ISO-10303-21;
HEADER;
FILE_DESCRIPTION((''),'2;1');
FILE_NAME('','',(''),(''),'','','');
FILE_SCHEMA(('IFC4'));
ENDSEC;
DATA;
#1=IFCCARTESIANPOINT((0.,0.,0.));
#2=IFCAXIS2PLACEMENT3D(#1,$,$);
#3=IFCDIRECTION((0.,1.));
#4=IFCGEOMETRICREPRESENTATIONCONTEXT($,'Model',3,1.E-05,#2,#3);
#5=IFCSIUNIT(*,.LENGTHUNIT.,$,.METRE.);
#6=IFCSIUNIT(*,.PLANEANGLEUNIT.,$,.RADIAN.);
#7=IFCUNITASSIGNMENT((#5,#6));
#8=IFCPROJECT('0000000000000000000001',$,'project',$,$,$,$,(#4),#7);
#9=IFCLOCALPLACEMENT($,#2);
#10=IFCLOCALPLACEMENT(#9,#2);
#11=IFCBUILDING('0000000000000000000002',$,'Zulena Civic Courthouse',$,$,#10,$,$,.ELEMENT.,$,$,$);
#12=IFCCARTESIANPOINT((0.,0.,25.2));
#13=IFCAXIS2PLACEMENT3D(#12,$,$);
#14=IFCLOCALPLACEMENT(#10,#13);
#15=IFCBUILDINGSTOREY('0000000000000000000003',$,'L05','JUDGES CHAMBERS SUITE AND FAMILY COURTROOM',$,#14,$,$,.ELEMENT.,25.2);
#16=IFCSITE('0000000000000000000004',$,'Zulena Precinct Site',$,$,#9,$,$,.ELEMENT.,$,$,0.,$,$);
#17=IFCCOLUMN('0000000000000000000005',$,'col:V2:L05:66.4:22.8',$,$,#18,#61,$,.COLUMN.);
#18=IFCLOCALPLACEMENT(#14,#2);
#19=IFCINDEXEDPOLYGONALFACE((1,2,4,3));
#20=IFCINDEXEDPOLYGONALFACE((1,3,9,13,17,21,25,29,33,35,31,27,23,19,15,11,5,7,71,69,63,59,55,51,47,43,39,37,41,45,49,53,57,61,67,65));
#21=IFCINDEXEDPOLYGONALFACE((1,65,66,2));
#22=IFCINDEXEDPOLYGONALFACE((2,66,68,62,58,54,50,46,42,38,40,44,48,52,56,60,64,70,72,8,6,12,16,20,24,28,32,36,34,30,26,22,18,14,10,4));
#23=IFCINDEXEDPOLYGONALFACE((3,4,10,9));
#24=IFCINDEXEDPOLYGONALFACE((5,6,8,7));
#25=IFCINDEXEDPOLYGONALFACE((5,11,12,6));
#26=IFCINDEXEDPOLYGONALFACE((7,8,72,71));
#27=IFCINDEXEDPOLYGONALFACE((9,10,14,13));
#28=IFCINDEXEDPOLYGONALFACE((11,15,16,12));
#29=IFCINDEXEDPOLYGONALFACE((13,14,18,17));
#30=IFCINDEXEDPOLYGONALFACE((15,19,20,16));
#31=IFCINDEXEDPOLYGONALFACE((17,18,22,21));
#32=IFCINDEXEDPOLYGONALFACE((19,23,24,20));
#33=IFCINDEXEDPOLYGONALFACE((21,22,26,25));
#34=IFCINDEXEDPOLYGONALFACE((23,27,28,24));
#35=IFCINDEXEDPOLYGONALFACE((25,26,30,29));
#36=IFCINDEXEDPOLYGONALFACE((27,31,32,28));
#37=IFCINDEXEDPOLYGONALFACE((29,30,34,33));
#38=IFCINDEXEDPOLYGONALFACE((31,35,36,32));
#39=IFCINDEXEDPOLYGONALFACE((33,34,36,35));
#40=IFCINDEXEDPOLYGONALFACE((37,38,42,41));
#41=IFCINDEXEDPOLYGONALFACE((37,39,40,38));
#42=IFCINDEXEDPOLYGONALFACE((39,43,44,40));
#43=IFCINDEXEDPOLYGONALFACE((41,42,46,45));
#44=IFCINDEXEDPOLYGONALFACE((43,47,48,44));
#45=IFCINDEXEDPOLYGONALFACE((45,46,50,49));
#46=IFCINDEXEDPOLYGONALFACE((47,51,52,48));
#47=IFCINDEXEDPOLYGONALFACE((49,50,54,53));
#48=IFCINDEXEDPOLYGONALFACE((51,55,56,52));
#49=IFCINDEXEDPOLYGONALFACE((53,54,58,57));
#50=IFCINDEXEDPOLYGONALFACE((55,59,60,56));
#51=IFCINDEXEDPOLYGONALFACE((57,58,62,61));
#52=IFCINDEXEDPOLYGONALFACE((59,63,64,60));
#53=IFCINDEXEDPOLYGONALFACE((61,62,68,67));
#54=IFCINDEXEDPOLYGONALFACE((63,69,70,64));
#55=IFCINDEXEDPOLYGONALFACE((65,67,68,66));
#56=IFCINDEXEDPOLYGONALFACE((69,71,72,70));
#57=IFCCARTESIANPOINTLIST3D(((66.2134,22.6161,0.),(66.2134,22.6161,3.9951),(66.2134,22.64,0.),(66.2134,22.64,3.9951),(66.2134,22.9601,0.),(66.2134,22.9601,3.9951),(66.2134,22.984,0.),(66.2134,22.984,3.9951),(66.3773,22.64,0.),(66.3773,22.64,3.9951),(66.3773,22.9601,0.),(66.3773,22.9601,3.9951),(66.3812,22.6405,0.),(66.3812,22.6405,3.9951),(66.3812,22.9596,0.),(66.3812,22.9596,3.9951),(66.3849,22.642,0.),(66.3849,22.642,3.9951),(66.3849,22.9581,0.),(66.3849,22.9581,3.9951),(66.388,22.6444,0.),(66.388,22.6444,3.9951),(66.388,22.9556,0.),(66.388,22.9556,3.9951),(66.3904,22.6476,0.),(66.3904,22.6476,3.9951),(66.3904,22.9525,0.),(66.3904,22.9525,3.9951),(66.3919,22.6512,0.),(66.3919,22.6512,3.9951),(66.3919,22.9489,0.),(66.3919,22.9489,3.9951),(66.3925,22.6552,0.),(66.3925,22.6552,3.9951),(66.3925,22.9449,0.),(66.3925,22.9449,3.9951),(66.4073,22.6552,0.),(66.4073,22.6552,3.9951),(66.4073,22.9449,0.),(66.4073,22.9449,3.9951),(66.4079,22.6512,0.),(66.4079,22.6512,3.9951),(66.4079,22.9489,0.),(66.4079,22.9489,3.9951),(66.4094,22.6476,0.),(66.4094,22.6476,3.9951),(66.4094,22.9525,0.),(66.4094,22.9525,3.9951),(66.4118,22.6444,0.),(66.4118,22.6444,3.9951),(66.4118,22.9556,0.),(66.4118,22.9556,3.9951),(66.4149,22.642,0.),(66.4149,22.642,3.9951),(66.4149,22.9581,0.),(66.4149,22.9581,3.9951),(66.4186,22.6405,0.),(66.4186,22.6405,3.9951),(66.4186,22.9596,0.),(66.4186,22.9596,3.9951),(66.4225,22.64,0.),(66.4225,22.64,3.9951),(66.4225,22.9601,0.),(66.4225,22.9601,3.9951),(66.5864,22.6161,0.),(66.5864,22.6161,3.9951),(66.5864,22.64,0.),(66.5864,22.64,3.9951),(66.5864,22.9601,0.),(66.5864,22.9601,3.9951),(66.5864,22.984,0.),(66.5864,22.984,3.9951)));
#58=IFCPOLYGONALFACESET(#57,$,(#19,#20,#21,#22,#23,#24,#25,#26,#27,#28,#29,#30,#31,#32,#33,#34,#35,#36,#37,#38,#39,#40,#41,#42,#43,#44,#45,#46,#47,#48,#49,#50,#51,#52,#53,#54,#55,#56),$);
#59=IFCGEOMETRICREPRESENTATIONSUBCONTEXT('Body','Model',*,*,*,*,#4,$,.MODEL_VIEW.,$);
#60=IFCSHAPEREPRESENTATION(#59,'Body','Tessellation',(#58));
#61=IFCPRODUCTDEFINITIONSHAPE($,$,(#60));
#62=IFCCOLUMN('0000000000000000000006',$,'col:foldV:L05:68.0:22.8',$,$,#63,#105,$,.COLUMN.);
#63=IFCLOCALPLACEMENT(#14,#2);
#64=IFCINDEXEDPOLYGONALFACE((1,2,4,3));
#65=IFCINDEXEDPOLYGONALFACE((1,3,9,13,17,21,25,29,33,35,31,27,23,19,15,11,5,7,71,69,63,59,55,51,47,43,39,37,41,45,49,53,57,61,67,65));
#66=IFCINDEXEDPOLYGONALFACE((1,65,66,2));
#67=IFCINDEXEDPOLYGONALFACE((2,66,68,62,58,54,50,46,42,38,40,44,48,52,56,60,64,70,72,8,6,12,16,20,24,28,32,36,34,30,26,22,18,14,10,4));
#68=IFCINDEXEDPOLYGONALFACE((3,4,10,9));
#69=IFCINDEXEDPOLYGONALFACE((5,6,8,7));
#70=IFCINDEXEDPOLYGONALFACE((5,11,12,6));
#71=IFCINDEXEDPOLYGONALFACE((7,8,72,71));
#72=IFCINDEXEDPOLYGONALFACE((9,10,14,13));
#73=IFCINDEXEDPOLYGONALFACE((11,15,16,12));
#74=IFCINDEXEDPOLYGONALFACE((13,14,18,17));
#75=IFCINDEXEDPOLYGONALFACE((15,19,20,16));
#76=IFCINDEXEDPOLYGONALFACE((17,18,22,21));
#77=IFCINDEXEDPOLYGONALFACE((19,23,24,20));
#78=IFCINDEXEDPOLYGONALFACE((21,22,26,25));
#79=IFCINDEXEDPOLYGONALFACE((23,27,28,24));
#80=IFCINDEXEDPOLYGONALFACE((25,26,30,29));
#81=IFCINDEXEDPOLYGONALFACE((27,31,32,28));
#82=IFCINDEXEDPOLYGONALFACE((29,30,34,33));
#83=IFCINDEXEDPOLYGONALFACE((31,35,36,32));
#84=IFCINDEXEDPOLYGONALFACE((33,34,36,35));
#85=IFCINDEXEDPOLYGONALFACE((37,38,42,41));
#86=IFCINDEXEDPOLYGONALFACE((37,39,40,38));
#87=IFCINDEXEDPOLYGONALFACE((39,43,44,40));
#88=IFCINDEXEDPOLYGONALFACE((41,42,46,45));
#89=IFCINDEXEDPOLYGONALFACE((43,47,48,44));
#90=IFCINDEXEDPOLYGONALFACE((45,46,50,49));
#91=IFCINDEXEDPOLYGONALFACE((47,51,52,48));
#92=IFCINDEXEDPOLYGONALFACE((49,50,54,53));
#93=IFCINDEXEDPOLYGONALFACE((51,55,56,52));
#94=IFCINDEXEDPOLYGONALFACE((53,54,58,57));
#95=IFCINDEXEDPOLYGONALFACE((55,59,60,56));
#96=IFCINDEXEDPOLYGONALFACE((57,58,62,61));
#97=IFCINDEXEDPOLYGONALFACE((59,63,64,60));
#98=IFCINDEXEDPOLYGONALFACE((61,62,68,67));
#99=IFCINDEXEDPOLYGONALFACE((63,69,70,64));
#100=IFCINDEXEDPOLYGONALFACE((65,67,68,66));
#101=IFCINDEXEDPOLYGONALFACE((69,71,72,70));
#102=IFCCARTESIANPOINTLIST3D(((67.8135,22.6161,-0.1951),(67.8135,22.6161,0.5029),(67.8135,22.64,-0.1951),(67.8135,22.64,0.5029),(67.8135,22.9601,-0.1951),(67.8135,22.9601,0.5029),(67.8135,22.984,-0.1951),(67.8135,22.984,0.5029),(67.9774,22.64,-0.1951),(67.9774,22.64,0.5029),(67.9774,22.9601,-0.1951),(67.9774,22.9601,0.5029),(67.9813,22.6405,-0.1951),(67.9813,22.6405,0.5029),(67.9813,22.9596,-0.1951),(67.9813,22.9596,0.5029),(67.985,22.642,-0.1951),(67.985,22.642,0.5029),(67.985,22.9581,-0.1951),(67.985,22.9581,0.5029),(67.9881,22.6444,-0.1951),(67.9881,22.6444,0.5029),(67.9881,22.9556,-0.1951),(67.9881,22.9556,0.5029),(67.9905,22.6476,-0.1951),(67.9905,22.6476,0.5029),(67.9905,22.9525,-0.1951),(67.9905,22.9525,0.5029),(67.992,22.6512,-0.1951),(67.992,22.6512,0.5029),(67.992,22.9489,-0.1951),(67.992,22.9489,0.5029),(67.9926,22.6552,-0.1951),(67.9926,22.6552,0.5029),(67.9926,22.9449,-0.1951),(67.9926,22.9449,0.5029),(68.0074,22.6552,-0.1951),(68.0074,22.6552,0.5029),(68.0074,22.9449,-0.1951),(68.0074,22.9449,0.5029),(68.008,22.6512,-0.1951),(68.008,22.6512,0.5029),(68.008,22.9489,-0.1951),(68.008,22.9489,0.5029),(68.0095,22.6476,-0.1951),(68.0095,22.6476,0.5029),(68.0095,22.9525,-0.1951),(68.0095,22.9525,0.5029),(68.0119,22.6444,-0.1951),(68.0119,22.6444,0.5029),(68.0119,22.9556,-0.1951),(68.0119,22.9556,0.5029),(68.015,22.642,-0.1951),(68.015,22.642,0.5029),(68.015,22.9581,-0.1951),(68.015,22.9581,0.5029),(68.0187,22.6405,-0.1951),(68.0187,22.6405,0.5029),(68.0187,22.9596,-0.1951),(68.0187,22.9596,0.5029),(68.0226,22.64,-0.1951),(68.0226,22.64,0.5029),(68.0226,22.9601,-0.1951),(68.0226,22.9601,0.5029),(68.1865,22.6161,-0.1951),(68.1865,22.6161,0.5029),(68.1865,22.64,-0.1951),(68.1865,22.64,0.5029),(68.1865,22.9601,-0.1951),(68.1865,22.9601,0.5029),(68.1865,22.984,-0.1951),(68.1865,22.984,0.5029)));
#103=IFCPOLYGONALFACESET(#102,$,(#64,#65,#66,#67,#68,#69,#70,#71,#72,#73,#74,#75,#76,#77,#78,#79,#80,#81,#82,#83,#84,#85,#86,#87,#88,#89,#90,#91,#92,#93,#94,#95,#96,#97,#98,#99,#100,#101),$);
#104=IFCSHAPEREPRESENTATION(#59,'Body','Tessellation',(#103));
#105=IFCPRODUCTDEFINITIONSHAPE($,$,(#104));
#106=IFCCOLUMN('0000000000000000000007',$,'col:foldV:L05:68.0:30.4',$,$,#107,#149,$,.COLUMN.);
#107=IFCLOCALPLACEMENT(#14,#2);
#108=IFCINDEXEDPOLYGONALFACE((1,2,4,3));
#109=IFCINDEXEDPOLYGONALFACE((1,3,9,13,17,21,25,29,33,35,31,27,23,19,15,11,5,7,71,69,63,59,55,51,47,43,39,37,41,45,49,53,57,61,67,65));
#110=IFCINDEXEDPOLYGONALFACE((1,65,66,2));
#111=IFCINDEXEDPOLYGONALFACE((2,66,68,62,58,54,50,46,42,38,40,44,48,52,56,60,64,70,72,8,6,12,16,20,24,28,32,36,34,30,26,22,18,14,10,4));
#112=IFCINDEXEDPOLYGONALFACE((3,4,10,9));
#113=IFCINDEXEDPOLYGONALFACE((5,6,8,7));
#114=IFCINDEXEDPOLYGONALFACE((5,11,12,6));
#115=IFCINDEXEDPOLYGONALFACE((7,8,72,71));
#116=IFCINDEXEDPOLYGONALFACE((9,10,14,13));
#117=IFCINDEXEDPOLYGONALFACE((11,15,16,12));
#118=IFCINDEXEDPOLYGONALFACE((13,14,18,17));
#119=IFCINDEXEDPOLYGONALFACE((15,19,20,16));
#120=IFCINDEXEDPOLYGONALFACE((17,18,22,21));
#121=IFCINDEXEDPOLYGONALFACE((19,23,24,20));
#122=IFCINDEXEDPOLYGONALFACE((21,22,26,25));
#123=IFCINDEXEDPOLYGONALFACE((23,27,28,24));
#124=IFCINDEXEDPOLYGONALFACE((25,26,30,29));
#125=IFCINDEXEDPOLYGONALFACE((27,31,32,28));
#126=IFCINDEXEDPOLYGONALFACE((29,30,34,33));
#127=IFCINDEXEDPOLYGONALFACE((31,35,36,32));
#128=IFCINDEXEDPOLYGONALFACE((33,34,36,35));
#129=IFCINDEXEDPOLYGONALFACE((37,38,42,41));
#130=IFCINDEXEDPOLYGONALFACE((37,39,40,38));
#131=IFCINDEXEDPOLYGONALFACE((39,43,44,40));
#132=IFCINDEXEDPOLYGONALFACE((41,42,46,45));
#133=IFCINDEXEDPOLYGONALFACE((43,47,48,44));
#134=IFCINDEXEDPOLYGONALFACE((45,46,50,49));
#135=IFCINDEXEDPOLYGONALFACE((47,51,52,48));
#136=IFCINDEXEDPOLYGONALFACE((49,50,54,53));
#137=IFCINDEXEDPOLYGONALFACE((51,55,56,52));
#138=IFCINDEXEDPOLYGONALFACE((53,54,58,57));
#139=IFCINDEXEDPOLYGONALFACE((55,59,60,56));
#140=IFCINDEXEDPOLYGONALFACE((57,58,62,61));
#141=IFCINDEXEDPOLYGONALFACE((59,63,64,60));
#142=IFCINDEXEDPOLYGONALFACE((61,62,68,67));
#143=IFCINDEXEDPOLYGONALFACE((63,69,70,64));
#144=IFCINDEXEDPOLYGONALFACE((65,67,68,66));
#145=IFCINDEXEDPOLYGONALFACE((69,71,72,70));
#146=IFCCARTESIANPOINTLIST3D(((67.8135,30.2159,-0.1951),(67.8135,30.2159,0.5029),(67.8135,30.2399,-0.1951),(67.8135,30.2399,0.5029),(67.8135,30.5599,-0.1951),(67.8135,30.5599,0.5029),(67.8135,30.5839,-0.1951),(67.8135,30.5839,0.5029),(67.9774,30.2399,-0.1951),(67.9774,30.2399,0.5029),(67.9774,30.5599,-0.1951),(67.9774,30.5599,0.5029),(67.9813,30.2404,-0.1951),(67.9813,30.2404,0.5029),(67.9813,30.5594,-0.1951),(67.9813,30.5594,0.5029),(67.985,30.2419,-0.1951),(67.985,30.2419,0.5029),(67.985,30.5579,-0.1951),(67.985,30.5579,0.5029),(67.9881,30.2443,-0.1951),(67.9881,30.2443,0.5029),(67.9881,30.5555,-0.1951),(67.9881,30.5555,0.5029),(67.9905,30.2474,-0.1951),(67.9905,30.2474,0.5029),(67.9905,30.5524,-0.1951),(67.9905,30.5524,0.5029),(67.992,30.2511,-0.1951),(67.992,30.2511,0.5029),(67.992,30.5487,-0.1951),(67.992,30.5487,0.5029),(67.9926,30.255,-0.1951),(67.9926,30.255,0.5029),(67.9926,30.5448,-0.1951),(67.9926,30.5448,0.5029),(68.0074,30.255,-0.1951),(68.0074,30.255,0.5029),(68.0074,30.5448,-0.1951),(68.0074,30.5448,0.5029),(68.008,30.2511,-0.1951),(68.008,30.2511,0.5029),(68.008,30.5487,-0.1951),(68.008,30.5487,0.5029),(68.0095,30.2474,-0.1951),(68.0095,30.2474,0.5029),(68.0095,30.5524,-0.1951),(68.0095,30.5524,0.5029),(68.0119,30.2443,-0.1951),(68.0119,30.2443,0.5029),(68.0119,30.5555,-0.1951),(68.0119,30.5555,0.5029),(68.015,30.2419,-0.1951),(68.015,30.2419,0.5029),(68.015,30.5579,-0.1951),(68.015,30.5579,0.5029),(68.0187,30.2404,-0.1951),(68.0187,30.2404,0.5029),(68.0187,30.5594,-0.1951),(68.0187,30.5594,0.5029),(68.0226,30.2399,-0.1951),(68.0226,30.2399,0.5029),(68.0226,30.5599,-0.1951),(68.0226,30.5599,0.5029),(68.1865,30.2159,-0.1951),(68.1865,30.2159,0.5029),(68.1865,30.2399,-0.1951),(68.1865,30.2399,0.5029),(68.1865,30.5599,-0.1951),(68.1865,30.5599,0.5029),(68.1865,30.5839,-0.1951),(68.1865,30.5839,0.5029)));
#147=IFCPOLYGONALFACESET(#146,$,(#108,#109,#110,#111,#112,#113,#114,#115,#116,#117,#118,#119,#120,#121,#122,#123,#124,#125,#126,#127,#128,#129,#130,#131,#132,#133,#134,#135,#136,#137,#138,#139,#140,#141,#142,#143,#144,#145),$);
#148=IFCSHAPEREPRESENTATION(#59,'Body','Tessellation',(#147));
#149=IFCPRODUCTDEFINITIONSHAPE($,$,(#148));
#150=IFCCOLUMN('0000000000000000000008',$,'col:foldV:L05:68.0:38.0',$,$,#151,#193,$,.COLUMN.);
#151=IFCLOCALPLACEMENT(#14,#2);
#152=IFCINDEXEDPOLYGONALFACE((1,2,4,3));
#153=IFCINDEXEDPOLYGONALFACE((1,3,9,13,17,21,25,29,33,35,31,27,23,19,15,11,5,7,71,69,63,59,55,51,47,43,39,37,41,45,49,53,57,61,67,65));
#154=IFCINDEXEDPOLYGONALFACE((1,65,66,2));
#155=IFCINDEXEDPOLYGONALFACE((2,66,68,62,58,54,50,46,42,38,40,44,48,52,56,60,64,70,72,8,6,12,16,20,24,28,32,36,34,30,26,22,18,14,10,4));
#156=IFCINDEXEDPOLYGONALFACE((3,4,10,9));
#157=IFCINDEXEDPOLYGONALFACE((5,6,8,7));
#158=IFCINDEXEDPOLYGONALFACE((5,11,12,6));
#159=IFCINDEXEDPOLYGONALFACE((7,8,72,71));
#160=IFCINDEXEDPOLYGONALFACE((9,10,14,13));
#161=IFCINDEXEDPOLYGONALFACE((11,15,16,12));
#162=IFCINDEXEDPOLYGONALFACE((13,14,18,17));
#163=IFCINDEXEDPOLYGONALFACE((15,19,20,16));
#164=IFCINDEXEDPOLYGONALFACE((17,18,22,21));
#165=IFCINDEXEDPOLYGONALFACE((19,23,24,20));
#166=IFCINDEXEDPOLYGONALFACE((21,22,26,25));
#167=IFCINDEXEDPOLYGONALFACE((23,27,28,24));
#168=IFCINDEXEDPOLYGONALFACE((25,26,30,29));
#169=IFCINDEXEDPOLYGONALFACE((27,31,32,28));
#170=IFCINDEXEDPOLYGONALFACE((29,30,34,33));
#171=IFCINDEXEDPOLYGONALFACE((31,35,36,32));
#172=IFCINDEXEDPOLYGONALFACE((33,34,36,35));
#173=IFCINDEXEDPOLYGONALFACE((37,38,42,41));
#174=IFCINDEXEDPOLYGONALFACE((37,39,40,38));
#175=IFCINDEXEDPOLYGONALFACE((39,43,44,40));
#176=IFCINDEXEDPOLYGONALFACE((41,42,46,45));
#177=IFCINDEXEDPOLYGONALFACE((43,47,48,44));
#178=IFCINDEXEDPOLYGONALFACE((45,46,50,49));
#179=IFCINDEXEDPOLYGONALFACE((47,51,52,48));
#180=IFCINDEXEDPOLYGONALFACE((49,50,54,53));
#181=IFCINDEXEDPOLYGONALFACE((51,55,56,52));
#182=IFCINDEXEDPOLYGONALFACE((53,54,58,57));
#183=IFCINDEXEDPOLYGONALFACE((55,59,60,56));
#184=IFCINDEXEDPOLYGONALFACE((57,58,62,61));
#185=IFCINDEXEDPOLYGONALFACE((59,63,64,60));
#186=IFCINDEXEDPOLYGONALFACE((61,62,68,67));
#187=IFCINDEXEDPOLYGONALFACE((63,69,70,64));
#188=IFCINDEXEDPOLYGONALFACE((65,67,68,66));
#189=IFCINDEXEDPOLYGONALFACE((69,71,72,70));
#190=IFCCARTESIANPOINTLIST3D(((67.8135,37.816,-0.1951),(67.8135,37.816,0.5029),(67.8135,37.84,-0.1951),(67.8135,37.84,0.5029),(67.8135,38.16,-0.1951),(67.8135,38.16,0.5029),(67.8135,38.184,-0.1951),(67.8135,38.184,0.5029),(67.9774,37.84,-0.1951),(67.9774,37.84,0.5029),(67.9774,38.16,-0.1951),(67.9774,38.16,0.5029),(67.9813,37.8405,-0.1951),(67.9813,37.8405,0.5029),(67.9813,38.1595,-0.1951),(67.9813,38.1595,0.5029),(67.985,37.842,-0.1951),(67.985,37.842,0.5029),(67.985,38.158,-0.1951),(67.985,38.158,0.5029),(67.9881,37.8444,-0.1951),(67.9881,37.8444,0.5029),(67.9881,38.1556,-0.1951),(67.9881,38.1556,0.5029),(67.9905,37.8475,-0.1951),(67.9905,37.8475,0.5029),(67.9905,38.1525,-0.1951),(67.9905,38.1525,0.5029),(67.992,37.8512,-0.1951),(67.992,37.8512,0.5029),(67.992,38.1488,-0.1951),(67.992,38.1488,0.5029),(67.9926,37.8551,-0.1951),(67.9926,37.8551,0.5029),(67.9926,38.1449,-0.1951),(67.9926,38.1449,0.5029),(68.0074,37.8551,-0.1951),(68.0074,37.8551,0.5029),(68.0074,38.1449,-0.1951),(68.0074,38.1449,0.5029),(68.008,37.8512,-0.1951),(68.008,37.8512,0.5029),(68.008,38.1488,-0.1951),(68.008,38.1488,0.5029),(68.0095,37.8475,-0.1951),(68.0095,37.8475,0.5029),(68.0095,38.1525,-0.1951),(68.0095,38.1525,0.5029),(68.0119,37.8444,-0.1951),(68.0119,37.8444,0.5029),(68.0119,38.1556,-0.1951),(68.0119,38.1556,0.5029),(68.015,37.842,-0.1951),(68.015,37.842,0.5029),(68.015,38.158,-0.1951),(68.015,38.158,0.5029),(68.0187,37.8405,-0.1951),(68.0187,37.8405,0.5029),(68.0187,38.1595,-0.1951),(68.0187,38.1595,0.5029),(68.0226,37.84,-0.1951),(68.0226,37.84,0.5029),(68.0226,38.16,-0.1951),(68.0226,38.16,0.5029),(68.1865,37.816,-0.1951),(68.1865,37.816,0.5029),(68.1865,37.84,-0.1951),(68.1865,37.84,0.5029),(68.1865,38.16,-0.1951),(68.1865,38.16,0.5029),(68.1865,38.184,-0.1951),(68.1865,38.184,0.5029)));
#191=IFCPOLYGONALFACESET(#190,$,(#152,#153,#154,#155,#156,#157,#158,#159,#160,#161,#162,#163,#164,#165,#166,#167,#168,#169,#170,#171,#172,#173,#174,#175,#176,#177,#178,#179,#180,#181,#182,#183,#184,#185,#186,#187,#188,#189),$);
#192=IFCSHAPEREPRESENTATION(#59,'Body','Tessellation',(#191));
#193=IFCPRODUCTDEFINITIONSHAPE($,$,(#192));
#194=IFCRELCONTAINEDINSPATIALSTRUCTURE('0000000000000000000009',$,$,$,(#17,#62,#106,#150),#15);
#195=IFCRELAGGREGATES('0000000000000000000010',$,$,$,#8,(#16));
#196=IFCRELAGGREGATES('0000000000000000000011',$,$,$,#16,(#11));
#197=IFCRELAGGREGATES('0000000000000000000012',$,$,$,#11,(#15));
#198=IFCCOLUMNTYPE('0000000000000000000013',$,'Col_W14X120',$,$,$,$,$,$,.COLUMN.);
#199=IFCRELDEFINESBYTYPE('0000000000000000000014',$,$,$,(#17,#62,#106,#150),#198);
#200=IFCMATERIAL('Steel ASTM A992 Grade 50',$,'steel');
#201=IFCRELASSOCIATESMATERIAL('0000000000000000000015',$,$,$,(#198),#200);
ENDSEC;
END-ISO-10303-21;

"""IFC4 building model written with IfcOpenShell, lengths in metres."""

from ifc_helpers import new_model, si_unit, direction, frame, origin, origin_2d, place, context, subcontext, project, spatial, i_section, extrude, material, material_profile, profile_set, type_object, element, save


model = new_model("IFC4")

# Units and contexts
model_context = context("Model", 3, precision=1e-05, world=origin(), true_north=direction((0.0, 1.0)))
body_context = subcontext(model_context, "Body", "Model", "MODEL_VIEW")
ifc_project = project(units=[si_unit("LENGTHUNIT", "METRE"), si_unit("PLANEANGLEUNIT", "RADIAN")], contexts=[model_context])

# Site, building, storey
site_placement = place(None, origin())
site = spatial("IfcSite", under=ifc_project, at=site_placement, Name="Zulena Precinct Site", CompositionType="ELEMENT", RefElevation=0.0)
building_placement = place(site_placement, origin())
building = spatial("IfcBuilding", under=site, at=building_placement, Name="Zulena Civic Courthouse", CompositionType="ELEMENT")
storey_placement = place(building_placement, frame((0.0, 0.0, 25.2)))
storey = spatial("IfcBuildingStorey", under=building, at=storey_placement, Name="L05", Description="JUDGES CHAMBERS SUITE AND FAMILY COURTROOM", CompositionType="ELEMENT", Elevation=25.2)

# Columns
ifc_material_1 = material(Name="Steel ASTM A992 Grade 50", Category="steel")
ifc_material_profile_1 = material_profile(ifc_material_1, i_section(OverallWidth=0.373, OverallDepth=0.3679, WebThickness=0.0149, FlangeThickness=0.0239, FilletRadius=0.0151, at=origin_2d()), Name="W14X120")
ifc_profile_set_1 = profile_set([ifc_material_profile_1], Name="Steel ASTM A992 Grade 50")
column_type = type_object("IfcColumnType", Name="Col_W14X120", PredefinedType="COLUMN", material=ifc_profile_set_1)
column_placement = place(storey_placement, frame((66.3999, 22.8, 0.0), z_axis=(0.0, 0.0, 1.0), x_axis=(1.0, 0.0, 0.0)))
element("IfcColumn", 1, at=column_placement, inside=storey, type_object=column_type, Name="col:V2:L05:66.4:22.8", PredefinedType="COLUMN", context=body_context, shape_type="SweptSolid", body=[
    extrude(i_section(OverallWidth=0.373, OverallDepth=0.3679, WebThickness=0.0149, FlangeThickness=0.0239, FilletRadius=0.0151, at=origin_2d()), origin(), (0.0, 0.0, 1.0), 3.9951),
])
for number, where, z_axis, x_axis, name in (
    (2, (68.0, 22.8, -0.1951), (0.0, 0.0, 1.0), (1.0, 0.0, 0.0), "col:foldV:L05:68.0:22.8"),
    (3, (68.0, 30.3999, -0.1951), (0.0, 0.0, 1.0), (1.0, 0.0, 0.0), "col:foldV:L05:68.0:30.4"),
    (4, (68.0, 38.0, -0.1951), (0.0, 0.0, 1.0), (1.0, 0.0, 0.0), "col:foldV:L05:68.0:38.0"),
):
    element("IfcColumn", number, at=place(storey_placement, frame(where, z_axis=z_axis, x_axis=x_axis)), inside=storey, type_object=column_type, Name=name, PredefinedType="COLUMN", context=body_context, shape_type="SweptSolid", body=[
        extrude(i_section(OverallWidth=0.373, OverallDepth=0.3679, WebThickness=0.0149, FlangeThickness=0.0239, FilletRadius=0.0151, at=origin_2d()), origin(), (0.0, 0.0, 1.0), 0.698),
    ])

save(model, "model.ifc")
